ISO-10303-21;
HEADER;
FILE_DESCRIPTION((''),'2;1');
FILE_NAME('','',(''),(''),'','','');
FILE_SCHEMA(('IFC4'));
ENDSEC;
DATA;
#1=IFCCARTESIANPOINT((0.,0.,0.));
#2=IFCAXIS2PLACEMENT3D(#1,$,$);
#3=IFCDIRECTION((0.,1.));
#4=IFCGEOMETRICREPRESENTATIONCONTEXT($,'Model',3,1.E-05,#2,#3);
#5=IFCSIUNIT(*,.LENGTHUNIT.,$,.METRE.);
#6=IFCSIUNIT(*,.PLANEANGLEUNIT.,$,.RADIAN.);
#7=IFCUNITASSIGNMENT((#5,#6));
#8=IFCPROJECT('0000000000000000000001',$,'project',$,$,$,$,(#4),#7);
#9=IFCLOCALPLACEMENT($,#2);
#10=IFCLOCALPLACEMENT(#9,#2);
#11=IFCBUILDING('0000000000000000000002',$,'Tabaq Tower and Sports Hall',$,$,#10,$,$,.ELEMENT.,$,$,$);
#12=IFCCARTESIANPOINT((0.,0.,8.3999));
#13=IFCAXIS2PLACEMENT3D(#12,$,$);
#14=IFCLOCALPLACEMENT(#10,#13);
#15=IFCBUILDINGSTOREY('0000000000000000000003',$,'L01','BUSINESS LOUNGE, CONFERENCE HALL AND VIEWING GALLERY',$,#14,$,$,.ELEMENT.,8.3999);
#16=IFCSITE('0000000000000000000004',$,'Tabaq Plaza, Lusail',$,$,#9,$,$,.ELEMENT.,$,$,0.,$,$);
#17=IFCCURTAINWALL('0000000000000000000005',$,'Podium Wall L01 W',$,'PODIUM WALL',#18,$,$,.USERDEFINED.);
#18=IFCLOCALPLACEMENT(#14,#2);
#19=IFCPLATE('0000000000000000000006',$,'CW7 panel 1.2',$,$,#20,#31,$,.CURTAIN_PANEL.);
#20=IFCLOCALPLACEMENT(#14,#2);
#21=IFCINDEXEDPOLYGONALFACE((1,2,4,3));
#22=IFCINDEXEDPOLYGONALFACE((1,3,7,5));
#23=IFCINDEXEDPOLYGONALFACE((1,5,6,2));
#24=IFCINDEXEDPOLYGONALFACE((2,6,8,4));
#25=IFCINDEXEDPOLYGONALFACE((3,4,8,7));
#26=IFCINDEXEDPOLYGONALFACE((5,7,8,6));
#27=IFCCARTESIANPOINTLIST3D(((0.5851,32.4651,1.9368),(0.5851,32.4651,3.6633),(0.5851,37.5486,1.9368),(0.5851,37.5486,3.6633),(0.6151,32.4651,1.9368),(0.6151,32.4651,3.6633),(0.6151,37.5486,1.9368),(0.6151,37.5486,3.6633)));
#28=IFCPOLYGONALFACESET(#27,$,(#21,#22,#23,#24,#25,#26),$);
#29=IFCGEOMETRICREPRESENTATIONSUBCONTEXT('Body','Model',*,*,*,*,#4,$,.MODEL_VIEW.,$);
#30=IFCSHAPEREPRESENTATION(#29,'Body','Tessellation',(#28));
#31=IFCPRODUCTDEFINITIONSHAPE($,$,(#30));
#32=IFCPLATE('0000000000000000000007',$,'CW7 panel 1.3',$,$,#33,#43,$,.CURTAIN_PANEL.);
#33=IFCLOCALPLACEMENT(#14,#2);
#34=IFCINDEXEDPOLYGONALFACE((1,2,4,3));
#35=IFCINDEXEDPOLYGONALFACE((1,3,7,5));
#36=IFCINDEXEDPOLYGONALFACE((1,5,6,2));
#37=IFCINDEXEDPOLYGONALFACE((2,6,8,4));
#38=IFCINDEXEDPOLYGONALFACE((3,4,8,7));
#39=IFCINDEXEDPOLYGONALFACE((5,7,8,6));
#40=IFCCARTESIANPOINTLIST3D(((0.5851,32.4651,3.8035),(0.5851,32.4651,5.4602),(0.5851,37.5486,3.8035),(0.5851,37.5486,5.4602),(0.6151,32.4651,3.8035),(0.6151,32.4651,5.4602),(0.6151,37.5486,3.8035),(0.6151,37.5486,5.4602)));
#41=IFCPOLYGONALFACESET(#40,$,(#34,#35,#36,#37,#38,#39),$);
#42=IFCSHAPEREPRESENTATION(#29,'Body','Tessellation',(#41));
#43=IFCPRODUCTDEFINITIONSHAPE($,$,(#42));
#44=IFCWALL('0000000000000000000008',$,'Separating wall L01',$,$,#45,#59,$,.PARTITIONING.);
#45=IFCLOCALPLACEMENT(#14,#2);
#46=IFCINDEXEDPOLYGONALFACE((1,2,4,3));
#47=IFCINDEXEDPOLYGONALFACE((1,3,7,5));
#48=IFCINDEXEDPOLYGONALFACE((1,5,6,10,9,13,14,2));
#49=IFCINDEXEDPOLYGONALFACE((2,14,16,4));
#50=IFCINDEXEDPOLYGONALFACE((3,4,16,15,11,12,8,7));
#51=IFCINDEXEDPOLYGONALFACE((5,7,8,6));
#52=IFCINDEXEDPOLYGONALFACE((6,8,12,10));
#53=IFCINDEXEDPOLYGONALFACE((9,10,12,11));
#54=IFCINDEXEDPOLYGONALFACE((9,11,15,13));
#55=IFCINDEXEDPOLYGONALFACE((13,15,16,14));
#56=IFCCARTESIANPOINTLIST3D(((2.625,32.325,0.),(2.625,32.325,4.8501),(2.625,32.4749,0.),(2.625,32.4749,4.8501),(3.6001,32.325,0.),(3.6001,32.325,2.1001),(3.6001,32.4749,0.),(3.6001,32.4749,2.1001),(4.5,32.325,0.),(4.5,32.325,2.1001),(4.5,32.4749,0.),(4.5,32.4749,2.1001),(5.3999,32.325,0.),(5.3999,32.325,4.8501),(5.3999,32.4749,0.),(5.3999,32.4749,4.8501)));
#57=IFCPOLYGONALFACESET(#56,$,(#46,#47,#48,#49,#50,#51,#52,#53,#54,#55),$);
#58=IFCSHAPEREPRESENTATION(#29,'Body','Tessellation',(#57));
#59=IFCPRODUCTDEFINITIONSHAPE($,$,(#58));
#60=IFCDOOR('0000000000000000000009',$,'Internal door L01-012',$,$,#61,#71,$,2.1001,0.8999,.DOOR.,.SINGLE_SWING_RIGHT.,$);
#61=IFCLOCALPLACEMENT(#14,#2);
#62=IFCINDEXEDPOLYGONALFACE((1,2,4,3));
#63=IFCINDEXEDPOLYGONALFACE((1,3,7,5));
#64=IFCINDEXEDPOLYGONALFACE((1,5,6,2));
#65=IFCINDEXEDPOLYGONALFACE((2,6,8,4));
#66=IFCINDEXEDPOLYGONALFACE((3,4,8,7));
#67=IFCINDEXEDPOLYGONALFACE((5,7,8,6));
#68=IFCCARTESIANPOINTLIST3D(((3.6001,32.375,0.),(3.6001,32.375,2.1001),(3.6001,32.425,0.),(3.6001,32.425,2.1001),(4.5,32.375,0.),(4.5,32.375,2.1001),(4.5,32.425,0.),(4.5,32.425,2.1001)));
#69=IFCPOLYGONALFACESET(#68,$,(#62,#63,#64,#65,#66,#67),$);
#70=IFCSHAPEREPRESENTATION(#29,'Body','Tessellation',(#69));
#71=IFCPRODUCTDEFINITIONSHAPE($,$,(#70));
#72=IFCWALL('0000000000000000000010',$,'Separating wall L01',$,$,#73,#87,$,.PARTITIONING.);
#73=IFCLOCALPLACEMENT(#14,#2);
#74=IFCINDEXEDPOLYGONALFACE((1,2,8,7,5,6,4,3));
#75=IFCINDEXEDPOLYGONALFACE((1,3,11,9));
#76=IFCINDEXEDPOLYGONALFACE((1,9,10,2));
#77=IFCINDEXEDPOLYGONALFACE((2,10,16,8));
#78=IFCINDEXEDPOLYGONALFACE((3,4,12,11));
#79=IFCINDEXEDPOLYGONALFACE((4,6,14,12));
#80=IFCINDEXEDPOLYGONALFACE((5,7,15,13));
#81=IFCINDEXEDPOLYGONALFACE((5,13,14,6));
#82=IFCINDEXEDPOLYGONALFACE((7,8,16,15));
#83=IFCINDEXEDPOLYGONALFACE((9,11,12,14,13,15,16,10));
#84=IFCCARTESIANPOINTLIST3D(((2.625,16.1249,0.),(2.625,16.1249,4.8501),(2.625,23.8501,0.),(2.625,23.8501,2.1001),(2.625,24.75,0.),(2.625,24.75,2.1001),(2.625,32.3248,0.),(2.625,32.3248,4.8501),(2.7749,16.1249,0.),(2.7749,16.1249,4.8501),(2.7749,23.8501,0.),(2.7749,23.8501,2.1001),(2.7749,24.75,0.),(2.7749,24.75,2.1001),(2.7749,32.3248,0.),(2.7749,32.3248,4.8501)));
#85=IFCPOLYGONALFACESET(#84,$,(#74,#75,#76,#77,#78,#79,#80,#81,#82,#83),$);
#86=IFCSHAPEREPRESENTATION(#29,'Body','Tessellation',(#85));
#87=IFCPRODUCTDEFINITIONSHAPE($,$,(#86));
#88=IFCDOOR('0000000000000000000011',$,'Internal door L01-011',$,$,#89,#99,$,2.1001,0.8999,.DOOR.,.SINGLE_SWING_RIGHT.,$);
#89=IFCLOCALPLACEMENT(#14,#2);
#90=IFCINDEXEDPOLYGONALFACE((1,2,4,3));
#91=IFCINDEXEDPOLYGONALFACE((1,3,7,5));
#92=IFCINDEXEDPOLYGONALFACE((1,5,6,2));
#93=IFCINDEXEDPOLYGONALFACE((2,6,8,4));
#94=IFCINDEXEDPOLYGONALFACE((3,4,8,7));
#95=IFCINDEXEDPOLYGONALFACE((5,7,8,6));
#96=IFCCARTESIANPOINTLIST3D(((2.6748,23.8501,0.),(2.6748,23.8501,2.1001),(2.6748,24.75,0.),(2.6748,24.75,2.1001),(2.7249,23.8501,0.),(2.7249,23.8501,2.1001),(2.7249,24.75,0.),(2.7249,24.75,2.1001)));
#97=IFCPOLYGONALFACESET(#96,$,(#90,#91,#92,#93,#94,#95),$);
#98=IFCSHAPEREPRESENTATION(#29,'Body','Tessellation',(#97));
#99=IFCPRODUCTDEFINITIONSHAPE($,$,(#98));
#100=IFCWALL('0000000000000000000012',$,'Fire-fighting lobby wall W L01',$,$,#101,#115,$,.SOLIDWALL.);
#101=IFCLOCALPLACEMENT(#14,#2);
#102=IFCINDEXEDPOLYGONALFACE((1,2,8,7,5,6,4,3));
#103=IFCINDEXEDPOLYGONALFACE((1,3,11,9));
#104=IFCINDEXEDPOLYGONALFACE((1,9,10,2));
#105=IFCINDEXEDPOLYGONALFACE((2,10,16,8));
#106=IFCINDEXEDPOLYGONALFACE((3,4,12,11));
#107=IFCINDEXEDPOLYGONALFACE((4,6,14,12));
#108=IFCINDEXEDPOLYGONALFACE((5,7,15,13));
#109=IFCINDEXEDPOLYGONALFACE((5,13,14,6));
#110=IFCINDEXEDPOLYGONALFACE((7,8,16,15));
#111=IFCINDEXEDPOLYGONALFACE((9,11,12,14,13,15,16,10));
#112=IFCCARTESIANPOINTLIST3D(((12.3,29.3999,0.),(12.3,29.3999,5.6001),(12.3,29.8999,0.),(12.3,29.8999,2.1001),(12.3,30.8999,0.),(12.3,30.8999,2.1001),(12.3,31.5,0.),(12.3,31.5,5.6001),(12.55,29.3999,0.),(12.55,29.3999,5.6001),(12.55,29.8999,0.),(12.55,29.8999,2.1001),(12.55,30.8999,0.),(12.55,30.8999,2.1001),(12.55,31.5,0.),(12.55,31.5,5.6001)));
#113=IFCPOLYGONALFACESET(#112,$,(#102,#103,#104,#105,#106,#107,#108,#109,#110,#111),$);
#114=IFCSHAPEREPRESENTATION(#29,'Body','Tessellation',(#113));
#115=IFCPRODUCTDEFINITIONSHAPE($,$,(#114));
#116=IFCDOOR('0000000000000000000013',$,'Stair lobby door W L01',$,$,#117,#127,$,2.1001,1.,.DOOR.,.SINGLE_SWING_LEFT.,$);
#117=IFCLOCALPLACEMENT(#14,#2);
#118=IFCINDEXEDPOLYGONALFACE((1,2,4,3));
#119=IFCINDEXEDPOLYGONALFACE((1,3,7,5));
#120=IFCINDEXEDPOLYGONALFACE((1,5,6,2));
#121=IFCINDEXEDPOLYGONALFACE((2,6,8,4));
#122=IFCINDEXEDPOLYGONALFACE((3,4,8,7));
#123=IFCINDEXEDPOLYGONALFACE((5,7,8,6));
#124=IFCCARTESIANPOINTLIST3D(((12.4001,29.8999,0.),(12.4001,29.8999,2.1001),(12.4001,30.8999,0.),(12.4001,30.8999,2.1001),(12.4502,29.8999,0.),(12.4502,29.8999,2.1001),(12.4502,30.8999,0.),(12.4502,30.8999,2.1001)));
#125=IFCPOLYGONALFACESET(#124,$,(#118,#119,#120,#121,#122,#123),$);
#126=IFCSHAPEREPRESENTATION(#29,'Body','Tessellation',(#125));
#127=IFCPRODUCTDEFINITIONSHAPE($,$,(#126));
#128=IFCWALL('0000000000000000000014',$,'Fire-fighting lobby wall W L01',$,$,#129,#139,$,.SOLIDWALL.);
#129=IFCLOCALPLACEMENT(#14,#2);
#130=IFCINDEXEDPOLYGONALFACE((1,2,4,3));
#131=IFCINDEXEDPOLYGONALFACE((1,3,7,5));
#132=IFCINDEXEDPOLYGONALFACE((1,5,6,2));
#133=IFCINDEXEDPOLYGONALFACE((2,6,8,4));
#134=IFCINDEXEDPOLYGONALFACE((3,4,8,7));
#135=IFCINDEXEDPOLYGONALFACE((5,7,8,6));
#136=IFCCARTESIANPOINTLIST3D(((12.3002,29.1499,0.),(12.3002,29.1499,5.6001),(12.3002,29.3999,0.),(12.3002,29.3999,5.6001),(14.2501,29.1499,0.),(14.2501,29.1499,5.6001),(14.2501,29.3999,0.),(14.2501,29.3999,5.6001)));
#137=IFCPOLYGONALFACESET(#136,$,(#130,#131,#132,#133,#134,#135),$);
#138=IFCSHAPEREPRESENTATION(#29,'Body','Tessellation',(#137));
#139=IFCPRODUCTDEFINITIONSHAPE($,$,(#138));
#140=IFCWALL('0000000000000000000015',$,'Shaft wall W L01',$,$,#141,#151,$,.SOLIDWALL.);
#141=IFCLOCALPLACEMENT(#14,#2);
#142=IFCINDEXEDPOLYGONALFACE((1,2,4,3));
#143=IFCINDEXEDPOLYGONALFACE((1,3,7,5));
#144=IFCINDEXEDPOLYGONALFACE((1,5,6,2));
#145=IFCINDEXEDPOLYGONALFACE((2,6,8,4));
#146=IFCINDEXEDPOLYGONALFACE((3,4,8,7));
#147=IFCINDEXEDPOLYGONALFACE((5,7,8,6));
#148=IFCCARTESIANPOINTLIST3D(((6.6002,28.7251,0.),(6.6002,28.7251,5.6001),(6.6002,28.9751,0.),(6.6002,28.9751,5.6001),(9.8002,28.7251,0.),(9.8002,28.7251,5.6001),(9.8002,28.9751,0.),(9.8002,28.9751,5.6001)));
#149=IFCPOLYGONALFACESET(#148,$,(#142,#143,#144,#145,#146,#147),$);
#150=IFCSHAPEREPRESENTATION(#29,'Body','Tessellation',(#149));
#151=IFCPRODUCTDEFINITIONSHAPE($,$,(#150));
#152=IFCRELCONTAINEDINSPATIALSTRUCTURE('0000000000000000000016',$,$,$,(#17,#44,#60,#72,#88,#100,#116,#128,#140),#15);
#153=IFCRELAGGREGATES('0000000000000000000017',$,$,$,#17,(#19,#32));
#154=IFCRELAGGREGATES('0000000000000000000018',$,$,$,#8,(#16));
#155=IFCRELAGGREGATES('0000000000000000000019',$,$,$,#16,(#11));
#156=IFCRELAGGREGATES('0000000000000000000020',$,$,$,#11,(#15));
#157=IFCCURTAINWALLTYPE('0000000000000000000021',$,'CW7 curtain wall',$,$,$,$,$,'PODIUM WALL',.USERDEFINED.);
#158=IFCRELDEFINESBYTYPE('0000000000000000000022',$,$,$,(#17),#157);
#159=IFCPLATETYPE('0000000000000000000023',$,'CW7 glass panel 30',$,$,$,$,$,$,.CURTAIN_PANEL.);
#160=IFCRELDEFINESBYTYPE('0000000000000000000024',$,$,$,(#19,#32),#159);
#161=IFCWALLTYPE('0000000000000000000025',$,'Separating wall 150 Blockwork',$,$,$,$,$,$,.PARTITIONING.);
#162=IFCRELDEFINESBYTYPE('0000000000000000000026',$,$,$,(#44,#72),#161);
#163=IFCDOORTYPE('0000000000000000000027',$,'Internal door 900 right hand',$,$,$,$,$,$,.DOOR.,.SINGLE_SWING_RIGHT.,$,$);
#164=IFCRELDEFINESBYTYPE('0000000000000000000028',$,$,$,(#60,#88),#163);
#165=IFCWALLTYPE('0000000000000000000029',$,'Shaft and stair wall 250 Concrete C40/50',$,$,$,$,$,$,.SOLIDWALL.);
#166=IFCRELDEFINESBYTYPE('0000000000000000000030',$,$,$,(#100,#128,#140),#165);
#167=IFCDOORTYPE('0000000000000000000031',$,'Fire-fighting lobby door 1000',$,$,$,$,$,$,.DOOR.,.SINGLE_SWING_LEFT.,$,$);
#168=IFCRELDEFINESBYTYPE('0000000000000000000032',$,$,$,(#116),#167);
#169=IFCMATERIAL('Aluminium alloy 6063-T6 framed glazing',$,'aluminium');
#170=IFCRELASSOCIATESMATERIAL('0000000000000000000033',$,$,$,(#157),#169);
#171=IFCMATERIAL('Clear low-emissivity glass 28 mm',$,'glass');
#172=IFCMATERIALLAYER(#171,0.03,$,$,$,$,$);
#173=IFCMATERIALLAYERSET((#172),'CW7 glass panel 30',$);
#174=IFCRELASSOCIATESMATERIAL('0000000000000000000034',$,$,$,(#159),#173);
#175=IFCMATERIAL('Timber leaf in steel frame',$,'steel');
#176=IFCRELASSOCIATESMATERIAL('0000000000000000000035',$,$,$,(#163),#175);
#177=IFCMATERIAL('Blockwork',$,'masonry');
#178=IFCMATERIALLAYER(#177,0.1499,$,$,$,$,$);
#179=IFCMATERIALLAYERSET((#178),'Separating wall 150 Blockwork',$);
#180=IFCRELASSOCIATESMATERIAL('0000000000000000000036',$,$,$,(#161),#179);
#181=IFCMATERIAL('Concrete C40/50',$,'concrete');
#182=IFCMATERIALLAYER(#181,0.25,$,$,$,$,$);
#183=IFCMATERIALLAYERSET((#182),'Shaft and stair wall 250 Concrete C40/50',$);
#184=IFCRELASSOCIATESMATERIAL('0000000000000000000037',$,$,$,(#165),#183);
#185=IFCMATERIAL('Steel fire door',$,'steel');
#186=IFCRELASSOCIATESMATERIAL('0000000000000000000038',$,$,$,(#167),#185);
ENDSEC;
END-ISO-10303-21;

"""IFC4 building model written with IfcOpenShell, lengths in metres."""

from ifc_helpers import new_model, si_unit, direction, frame, frame_2d, origin, origin_2d, place, context, subcontext, project, spatial, rectangle, extrude, material, layer, layer_set, type_object, element, fill, aggregate, save


model = new_model("IFC4")

# Units and contexts
model_context = context("Model", 3, precision=1e-05, world=origin(), true_north=direction((0.0, 1.0)))
body_context = subcontext(model_context, "Body", "Model", "MODEL_VIEW")
ifc_project = project(units=[si_unit("LENGTHUNIT", "METRE"), si_unit("PLANEANGLEUNIT", "RADIAN")], contexts=[model_context])

# Site, building, storey
site_placement = place(None, origin())
site = spatial("IfcSite", under=ifc_project, at=site_placement, Name="Tabaq Plaza, Lusail", CompositionType="ELEMENT", RefElevation=0.0)
building_placement = place(site_placement, origin())
building = spatial("IfcBuilding", under=site, at=building_placement, Name="Tabaq Tower and Sports Hall", CompositionType="ELEMENT")
storey_placement = place(building_placement, frame((0.0, 0.0, 8.3999)))
storey = spatial("IfcBuildingStorey", under=building, at=storey_placement, Name="L01", Description="BUSINESS LOUNGE, CONFERENCE HALL AND VIEWING GALLERY", CompositionType="ELEMENT", Elevation=8.3999)

# Shared definitions
ifc_material_1 = material(Name="Aluminium alloy 6063-T6 framed glazing", Category="aluminium")
curtain_wall_type = type_object("IfcCurtainWallType", Name="CW7 curtain wall", ElementType="PODIUM WALL", PredefinedType="USERDEFINED", material=ifc_material_1)

# Curtain wall
curtain_wall_1_placement = place(storey_placement, origin())
curtain_wall_1 = element("IfcCurtainWall", 1, at=curtain_wall_1_placement, inside=storey, type_object=curtain_wall_type, Name="Podium Wall L01 W", ObjectType="PODIUM WALL", PredefinedType="USERDEFINED")

# Plates
ifc_material_2 = material(Name="Clear low-emissivity glass 28 mm", Category="glass")
ifc_layer_1 = layer(ifc_material_2, 0.03)
ifc_layer_set_1 = layer_set([ifc_layer_1], Name="CW7 glass panel 30")
plate_type = type_object("IfcPlateType", Name="CW7 glass panel 30", PredefinedType="CURTAIN_PANEL", material=ifc_layer_set_1)
plate_1_placement = place(storey_placement, frame((0.6001, 35.0068, 1.9368), z_axis=(0.0, 0.0, 1.0), x_axis=(0.0, -1.0, 0.0)))
plate_1 = element("IfcPlate", 2, at=plate_1_placement, type_object=plate_type, Name="CW7 panel 1.2", PredefinedType="CURTAIN_PANEL", context=body_context, shape_type="SweptSolid", body=[
    extrude(rectangle(XDim=5.0835, YDim=0.03, at=origin_2d()), origin(), (0.0, 0.0, 1.0), 1.7266),
])
plate_2_placement = place(storey_placement, frame((0.6001, 35.0068, 3.8035), z_axis=(0.0, 0.0, 1.0), x_axis=(0.0, -1.0, 0.0)))
plate_2 = element("IfcPlate", 3, at=plate_2_placement, type_object=plate_type, Name="CW7 panel 1.3", PredefinedType="CURTAIN_PANEL", context=body_context, shape_type="SweptSolid", body=[
    extrude(rectangle(XDim=5.0835, YDim=0.03, at=origin_2d()), origin(), (0.0, 0.0, 1.0), 1.6567),
])
aggregate(curtain_wall_1, [plate_1, plate_2])

# Walls, openings, doors
ifc_material_3 = material(Name="Timber leaf in steel frame", Category="steel")
door_type_1 = type_object("IfcDoorType", Name="Internal door 900 right hand", OperationType="SINGLE_SWING_RIGHT", PredefinedType="DOOR", material=ifc_material_3)
ifc_material_4 = material(Name="Blockwork", Category="masonry")
ifc_layer_2 = layer(ifc_material_4, 0.1499)
ifc_layer_set_2 = layer_set([ifc_layer_2], Name="Separating wall 150 Blockwork")
wall_type_1 = type_object("IfcWallType", Name="Separating wall 150 Blockwork", PredefinedType="PARTITIONING", material=ifc_layer_set_2)
wall_1_placement = place(storey_placement, frame((5.3999, 32.3999, 0.0), z_axis=(0.0, 0.0, 1.0), x_axis=(-1.0, 0.0, 0.0)))
wall_1 = element("IfcWall", 4, at=wall_1_placement, inside=storey, type_object=wall_type_1, Name="Separating wall L01", PredefinedType="PARTITIONING", context=body_context, shape_type="SweptSolid", body=[
    extrude(rectangle(XDim=2.7749, YDim=0.1499, at=frame_2d((1.3875, 0.0))), origin(), (0.0, 0.0, 1.0), 4.8501),
])
opening_1_placement = place(wall_1_placement, frame((0.8999, 0.0, 0.0)))
opening_1 = element("IfcOpeningElement", 5, at=opening_1_placement, cuts=wall_1, PredefinedType="OPENING", context=body_context, shape_type="SweptSolid", body=[
    extrude(rectangle(XDim=0.8999, YDim=2.1001, at=frame_2d((0.45, 1.05))), frame((0.0, 0.075, 0.0), z_axis=(0.0, -1.0, 0.0), x_axis=(1.0, 0.0, 0.0)), (0.0, 0.0, 1.0), 0.1499),
])
door_1_placement = place(opening_1_placement, origin())
door_1 = element("IfcDoor", 6, at=door_1_placement, inside=storey, type_object=door_type_1, Name="Internal door L01-012", OperationType="SINGLE_SWING_RIGHT", OverallHeight=2.1001, OverallWidth=0.8999, PredefinedType="DOOR", context=body_context, shape_type="SweptSolid", body=[
    extrude(rectangle(XDim=0.8999, YDim=2.1001, at=frame_2d((0.45, 1.05))), frame((0.0, 0.0249, 0.0), z_axis=(0.0, -1.0, 0.0), x_axis=(1.0, 0.0, 0.0)), (0.0, 0.0, 1.0), 0.05),
])
fill(opening_1, door_1)
wall_2_placement = place(storey_placement, frame((2.7, 32.325, 0.0), z_axis=(0.0, 0.0, 1.0), x_axis=(0.0, -1.0, 0.0)))
wall_2 = element("IfcWall", 7, at=wall_2_placement, inside=storey, type_object=wall_type_1, Name="Separating wall L01", PredefinedType="PARTITIONING", context=body_context, shape_type="SweptSolid", body=[
    extrude(rectangle(XDim=16.2, YDim=0.1499, at=frame_2d((8.1001, 0.0))), origin(), (0.0, 0.0, 1.0), 4.8501),
])
opening_2_placement = place(wall_2_placement, frame((7.575, 0.0, 0.0)))
opening_2 = element("IfcOpeningElement", 8, at=opening_2_placement, cuts=wall_2, PredefinedType="OPENING", context=body_context, shape_type="SweptSolid", body=[
    extrude(rectangle(XDim=0.8999, YDim=2.1001, at=frame_2d((0.45, 1.05))), frame((0.0, 0.075, 0.0), z_axis=(0.0, -1.0, 0.0), x_axis=(1.0, 0.0, 0.0)), (0.0, 0.0, 1.0), 0.1499),
])
door_2_placement = place(opening_2_placement, origin())
door_2 = element("IfcDoor", 9, at=door_2_placement, inside=storey, type_object=door_type_1, Name="Internal door L01-011", OperationType="SINGLE_SWING_RIGHT", OverallHeight=2.1001, OverallWidth=0.8999, PredefinedType="DOOR", context=body_context, shape_type="SweptSolid", body=[
    extrude(rectangle(XDim=0.8999, YDim=2.1001, at=frame_2d((0.45, 1.05))), frame((0.0, 0.0249, 0.0), z_axis=(0.0, -1.0, 0.0), x_axis=(1.0, 0.0, 0.0)), (0.0, 0.0, 1.0), 0.05),
])
fill(opening_2, door_2)
ifc_material_5 = material(Name="Concrete C40/50", Category="concrete")
ifc_layer_3 = layer(ifc_material_5, 0.25)
ifc_layer_set_3 = layer_set([ifc_layer_3], Name="Shaft and stair wall 250 Concrete C40/50")
wall_type_2 = type_object("IfcWallType", Name="Shaft and stair wall 250 Concrete C40/50", PredefinedType="SOLIDWALL", material=ifc_layer_set_3)
wall_3_placement = place(storey_placement, frame((12.425, 29.3999, 0.0), z_axis=(0.0, 0.0, 1.0), x_axis=(0.0, 1.0, 0.0)))
wall_3 = element("IfcWall", 10, at=wall_3_placement, inside=storey, type_object=wall_type_2, Name="Fire-fighting lobby wall W L01", PredefinedType="SOLIDWALL", context=body_context, shape_type="SweptSolid", body=[
    extrude(rectangle(XDim=2.1001, YDim=0.25, at=frame_2d((1.05, 0.0))), origin(), (0.0, 0.0, 1.0), 5.6001),
])
opening_3_placement = place(wall_3_placement, frame((0.5, 0.0, 0.0)))
opening_3 = element("IfcOpeningElement", 11, at=opening_3_placement, cuts=wall_3, PredefinedType="OPENING", context=body_context, shape_type="SweptSolid", body=[
    extrude(rectangle(XDim=1.0, YDim=2.1001, at=frame_2d((0.5, 1.05))), frame((0.0, 0.125, 0.0), z_axis=(0.0, -1.0, 0.0), x_axis=(1.0, 0.0, 0.0)), (0.0, 0.0, 1.0), 0.25),
])
ifc_material_6 = material(Name="Steel fire door", Category="steel")
door_type_2 = type_object("IfcDoorType", Name="Fire-fighting lobby door 1000", OperationType="SINGLE_SWING_LEFT", PredefinedType="DOOR", material=ifc_material_6)
door_3_placement = place(opening_3_placement, origin())
door_3 = element("IfcDoor", 12, at=door_3_placement, inside=storey, type_object=door_type_2, Name="Stair lobby door W L01", OperationType="SINGLE_SWING_LEFT", OverallHeight=2.1001, OverallWidth=1.0, PredefinedType="DOOR", context=body_context, shape_type="SweptSolid", body=[
    extrude(rectangle(XDim=1.0, YDim=2.1001, at=frame_2d((0.5, 1.05))), frame((0.0, 0.0249, 0.0), z_axis=(0.0, -1.0, 0.0), x_axis=(1.0, 0.0, 0.0)), (0.0, 0.0, 1.0), 0.05),
])
fill(opening_3, door_3)

# Walls
wall_4_placement = place(storey_placement, frame((12.3, 29.2749, 0.0), z_axis=(0.0, 0.0, 1.0), x_axis=(1.0, 0.0, 0.0)))
element("IfcWall", 13, at=wall_4_placement, inside=storey, type_object=wall_type_2, Name="Fire-fighting lobby wall W L01", PredefinedType="SOLIDWALL", context=body_context, shape_type="SweptSolid", body=[
    extrude(rectangle(XDim=1.95, YDim=0.25, at=frame_2d((0.9751, 0.0))), origin(), (0.0, 0.0, 1.0), 5.6001),
])
wall_5_placement = place(storey_placement, frame((6.6001, 28.8501, 0.0), z_axis=(0.0, 0.0, 1.0), x_axis=(1.0, 0.0, 0.0)))
element("IfcWall", 14, at=wall_5_placement, inside=storey, type_object=wall_type_2, Name="Shaft wall W L01", PredefinedType="SOLIDWALL", context=body_context, shape_type="SweptSolid", body=[
    extrude(rectangle(XDim=3.2, YDim=0.25, at=frame_2d((1.6001, 0.0))), origin(), (0.0, 0.0, 1.0), 5.6001),
])

save(model, "model.ifc")
